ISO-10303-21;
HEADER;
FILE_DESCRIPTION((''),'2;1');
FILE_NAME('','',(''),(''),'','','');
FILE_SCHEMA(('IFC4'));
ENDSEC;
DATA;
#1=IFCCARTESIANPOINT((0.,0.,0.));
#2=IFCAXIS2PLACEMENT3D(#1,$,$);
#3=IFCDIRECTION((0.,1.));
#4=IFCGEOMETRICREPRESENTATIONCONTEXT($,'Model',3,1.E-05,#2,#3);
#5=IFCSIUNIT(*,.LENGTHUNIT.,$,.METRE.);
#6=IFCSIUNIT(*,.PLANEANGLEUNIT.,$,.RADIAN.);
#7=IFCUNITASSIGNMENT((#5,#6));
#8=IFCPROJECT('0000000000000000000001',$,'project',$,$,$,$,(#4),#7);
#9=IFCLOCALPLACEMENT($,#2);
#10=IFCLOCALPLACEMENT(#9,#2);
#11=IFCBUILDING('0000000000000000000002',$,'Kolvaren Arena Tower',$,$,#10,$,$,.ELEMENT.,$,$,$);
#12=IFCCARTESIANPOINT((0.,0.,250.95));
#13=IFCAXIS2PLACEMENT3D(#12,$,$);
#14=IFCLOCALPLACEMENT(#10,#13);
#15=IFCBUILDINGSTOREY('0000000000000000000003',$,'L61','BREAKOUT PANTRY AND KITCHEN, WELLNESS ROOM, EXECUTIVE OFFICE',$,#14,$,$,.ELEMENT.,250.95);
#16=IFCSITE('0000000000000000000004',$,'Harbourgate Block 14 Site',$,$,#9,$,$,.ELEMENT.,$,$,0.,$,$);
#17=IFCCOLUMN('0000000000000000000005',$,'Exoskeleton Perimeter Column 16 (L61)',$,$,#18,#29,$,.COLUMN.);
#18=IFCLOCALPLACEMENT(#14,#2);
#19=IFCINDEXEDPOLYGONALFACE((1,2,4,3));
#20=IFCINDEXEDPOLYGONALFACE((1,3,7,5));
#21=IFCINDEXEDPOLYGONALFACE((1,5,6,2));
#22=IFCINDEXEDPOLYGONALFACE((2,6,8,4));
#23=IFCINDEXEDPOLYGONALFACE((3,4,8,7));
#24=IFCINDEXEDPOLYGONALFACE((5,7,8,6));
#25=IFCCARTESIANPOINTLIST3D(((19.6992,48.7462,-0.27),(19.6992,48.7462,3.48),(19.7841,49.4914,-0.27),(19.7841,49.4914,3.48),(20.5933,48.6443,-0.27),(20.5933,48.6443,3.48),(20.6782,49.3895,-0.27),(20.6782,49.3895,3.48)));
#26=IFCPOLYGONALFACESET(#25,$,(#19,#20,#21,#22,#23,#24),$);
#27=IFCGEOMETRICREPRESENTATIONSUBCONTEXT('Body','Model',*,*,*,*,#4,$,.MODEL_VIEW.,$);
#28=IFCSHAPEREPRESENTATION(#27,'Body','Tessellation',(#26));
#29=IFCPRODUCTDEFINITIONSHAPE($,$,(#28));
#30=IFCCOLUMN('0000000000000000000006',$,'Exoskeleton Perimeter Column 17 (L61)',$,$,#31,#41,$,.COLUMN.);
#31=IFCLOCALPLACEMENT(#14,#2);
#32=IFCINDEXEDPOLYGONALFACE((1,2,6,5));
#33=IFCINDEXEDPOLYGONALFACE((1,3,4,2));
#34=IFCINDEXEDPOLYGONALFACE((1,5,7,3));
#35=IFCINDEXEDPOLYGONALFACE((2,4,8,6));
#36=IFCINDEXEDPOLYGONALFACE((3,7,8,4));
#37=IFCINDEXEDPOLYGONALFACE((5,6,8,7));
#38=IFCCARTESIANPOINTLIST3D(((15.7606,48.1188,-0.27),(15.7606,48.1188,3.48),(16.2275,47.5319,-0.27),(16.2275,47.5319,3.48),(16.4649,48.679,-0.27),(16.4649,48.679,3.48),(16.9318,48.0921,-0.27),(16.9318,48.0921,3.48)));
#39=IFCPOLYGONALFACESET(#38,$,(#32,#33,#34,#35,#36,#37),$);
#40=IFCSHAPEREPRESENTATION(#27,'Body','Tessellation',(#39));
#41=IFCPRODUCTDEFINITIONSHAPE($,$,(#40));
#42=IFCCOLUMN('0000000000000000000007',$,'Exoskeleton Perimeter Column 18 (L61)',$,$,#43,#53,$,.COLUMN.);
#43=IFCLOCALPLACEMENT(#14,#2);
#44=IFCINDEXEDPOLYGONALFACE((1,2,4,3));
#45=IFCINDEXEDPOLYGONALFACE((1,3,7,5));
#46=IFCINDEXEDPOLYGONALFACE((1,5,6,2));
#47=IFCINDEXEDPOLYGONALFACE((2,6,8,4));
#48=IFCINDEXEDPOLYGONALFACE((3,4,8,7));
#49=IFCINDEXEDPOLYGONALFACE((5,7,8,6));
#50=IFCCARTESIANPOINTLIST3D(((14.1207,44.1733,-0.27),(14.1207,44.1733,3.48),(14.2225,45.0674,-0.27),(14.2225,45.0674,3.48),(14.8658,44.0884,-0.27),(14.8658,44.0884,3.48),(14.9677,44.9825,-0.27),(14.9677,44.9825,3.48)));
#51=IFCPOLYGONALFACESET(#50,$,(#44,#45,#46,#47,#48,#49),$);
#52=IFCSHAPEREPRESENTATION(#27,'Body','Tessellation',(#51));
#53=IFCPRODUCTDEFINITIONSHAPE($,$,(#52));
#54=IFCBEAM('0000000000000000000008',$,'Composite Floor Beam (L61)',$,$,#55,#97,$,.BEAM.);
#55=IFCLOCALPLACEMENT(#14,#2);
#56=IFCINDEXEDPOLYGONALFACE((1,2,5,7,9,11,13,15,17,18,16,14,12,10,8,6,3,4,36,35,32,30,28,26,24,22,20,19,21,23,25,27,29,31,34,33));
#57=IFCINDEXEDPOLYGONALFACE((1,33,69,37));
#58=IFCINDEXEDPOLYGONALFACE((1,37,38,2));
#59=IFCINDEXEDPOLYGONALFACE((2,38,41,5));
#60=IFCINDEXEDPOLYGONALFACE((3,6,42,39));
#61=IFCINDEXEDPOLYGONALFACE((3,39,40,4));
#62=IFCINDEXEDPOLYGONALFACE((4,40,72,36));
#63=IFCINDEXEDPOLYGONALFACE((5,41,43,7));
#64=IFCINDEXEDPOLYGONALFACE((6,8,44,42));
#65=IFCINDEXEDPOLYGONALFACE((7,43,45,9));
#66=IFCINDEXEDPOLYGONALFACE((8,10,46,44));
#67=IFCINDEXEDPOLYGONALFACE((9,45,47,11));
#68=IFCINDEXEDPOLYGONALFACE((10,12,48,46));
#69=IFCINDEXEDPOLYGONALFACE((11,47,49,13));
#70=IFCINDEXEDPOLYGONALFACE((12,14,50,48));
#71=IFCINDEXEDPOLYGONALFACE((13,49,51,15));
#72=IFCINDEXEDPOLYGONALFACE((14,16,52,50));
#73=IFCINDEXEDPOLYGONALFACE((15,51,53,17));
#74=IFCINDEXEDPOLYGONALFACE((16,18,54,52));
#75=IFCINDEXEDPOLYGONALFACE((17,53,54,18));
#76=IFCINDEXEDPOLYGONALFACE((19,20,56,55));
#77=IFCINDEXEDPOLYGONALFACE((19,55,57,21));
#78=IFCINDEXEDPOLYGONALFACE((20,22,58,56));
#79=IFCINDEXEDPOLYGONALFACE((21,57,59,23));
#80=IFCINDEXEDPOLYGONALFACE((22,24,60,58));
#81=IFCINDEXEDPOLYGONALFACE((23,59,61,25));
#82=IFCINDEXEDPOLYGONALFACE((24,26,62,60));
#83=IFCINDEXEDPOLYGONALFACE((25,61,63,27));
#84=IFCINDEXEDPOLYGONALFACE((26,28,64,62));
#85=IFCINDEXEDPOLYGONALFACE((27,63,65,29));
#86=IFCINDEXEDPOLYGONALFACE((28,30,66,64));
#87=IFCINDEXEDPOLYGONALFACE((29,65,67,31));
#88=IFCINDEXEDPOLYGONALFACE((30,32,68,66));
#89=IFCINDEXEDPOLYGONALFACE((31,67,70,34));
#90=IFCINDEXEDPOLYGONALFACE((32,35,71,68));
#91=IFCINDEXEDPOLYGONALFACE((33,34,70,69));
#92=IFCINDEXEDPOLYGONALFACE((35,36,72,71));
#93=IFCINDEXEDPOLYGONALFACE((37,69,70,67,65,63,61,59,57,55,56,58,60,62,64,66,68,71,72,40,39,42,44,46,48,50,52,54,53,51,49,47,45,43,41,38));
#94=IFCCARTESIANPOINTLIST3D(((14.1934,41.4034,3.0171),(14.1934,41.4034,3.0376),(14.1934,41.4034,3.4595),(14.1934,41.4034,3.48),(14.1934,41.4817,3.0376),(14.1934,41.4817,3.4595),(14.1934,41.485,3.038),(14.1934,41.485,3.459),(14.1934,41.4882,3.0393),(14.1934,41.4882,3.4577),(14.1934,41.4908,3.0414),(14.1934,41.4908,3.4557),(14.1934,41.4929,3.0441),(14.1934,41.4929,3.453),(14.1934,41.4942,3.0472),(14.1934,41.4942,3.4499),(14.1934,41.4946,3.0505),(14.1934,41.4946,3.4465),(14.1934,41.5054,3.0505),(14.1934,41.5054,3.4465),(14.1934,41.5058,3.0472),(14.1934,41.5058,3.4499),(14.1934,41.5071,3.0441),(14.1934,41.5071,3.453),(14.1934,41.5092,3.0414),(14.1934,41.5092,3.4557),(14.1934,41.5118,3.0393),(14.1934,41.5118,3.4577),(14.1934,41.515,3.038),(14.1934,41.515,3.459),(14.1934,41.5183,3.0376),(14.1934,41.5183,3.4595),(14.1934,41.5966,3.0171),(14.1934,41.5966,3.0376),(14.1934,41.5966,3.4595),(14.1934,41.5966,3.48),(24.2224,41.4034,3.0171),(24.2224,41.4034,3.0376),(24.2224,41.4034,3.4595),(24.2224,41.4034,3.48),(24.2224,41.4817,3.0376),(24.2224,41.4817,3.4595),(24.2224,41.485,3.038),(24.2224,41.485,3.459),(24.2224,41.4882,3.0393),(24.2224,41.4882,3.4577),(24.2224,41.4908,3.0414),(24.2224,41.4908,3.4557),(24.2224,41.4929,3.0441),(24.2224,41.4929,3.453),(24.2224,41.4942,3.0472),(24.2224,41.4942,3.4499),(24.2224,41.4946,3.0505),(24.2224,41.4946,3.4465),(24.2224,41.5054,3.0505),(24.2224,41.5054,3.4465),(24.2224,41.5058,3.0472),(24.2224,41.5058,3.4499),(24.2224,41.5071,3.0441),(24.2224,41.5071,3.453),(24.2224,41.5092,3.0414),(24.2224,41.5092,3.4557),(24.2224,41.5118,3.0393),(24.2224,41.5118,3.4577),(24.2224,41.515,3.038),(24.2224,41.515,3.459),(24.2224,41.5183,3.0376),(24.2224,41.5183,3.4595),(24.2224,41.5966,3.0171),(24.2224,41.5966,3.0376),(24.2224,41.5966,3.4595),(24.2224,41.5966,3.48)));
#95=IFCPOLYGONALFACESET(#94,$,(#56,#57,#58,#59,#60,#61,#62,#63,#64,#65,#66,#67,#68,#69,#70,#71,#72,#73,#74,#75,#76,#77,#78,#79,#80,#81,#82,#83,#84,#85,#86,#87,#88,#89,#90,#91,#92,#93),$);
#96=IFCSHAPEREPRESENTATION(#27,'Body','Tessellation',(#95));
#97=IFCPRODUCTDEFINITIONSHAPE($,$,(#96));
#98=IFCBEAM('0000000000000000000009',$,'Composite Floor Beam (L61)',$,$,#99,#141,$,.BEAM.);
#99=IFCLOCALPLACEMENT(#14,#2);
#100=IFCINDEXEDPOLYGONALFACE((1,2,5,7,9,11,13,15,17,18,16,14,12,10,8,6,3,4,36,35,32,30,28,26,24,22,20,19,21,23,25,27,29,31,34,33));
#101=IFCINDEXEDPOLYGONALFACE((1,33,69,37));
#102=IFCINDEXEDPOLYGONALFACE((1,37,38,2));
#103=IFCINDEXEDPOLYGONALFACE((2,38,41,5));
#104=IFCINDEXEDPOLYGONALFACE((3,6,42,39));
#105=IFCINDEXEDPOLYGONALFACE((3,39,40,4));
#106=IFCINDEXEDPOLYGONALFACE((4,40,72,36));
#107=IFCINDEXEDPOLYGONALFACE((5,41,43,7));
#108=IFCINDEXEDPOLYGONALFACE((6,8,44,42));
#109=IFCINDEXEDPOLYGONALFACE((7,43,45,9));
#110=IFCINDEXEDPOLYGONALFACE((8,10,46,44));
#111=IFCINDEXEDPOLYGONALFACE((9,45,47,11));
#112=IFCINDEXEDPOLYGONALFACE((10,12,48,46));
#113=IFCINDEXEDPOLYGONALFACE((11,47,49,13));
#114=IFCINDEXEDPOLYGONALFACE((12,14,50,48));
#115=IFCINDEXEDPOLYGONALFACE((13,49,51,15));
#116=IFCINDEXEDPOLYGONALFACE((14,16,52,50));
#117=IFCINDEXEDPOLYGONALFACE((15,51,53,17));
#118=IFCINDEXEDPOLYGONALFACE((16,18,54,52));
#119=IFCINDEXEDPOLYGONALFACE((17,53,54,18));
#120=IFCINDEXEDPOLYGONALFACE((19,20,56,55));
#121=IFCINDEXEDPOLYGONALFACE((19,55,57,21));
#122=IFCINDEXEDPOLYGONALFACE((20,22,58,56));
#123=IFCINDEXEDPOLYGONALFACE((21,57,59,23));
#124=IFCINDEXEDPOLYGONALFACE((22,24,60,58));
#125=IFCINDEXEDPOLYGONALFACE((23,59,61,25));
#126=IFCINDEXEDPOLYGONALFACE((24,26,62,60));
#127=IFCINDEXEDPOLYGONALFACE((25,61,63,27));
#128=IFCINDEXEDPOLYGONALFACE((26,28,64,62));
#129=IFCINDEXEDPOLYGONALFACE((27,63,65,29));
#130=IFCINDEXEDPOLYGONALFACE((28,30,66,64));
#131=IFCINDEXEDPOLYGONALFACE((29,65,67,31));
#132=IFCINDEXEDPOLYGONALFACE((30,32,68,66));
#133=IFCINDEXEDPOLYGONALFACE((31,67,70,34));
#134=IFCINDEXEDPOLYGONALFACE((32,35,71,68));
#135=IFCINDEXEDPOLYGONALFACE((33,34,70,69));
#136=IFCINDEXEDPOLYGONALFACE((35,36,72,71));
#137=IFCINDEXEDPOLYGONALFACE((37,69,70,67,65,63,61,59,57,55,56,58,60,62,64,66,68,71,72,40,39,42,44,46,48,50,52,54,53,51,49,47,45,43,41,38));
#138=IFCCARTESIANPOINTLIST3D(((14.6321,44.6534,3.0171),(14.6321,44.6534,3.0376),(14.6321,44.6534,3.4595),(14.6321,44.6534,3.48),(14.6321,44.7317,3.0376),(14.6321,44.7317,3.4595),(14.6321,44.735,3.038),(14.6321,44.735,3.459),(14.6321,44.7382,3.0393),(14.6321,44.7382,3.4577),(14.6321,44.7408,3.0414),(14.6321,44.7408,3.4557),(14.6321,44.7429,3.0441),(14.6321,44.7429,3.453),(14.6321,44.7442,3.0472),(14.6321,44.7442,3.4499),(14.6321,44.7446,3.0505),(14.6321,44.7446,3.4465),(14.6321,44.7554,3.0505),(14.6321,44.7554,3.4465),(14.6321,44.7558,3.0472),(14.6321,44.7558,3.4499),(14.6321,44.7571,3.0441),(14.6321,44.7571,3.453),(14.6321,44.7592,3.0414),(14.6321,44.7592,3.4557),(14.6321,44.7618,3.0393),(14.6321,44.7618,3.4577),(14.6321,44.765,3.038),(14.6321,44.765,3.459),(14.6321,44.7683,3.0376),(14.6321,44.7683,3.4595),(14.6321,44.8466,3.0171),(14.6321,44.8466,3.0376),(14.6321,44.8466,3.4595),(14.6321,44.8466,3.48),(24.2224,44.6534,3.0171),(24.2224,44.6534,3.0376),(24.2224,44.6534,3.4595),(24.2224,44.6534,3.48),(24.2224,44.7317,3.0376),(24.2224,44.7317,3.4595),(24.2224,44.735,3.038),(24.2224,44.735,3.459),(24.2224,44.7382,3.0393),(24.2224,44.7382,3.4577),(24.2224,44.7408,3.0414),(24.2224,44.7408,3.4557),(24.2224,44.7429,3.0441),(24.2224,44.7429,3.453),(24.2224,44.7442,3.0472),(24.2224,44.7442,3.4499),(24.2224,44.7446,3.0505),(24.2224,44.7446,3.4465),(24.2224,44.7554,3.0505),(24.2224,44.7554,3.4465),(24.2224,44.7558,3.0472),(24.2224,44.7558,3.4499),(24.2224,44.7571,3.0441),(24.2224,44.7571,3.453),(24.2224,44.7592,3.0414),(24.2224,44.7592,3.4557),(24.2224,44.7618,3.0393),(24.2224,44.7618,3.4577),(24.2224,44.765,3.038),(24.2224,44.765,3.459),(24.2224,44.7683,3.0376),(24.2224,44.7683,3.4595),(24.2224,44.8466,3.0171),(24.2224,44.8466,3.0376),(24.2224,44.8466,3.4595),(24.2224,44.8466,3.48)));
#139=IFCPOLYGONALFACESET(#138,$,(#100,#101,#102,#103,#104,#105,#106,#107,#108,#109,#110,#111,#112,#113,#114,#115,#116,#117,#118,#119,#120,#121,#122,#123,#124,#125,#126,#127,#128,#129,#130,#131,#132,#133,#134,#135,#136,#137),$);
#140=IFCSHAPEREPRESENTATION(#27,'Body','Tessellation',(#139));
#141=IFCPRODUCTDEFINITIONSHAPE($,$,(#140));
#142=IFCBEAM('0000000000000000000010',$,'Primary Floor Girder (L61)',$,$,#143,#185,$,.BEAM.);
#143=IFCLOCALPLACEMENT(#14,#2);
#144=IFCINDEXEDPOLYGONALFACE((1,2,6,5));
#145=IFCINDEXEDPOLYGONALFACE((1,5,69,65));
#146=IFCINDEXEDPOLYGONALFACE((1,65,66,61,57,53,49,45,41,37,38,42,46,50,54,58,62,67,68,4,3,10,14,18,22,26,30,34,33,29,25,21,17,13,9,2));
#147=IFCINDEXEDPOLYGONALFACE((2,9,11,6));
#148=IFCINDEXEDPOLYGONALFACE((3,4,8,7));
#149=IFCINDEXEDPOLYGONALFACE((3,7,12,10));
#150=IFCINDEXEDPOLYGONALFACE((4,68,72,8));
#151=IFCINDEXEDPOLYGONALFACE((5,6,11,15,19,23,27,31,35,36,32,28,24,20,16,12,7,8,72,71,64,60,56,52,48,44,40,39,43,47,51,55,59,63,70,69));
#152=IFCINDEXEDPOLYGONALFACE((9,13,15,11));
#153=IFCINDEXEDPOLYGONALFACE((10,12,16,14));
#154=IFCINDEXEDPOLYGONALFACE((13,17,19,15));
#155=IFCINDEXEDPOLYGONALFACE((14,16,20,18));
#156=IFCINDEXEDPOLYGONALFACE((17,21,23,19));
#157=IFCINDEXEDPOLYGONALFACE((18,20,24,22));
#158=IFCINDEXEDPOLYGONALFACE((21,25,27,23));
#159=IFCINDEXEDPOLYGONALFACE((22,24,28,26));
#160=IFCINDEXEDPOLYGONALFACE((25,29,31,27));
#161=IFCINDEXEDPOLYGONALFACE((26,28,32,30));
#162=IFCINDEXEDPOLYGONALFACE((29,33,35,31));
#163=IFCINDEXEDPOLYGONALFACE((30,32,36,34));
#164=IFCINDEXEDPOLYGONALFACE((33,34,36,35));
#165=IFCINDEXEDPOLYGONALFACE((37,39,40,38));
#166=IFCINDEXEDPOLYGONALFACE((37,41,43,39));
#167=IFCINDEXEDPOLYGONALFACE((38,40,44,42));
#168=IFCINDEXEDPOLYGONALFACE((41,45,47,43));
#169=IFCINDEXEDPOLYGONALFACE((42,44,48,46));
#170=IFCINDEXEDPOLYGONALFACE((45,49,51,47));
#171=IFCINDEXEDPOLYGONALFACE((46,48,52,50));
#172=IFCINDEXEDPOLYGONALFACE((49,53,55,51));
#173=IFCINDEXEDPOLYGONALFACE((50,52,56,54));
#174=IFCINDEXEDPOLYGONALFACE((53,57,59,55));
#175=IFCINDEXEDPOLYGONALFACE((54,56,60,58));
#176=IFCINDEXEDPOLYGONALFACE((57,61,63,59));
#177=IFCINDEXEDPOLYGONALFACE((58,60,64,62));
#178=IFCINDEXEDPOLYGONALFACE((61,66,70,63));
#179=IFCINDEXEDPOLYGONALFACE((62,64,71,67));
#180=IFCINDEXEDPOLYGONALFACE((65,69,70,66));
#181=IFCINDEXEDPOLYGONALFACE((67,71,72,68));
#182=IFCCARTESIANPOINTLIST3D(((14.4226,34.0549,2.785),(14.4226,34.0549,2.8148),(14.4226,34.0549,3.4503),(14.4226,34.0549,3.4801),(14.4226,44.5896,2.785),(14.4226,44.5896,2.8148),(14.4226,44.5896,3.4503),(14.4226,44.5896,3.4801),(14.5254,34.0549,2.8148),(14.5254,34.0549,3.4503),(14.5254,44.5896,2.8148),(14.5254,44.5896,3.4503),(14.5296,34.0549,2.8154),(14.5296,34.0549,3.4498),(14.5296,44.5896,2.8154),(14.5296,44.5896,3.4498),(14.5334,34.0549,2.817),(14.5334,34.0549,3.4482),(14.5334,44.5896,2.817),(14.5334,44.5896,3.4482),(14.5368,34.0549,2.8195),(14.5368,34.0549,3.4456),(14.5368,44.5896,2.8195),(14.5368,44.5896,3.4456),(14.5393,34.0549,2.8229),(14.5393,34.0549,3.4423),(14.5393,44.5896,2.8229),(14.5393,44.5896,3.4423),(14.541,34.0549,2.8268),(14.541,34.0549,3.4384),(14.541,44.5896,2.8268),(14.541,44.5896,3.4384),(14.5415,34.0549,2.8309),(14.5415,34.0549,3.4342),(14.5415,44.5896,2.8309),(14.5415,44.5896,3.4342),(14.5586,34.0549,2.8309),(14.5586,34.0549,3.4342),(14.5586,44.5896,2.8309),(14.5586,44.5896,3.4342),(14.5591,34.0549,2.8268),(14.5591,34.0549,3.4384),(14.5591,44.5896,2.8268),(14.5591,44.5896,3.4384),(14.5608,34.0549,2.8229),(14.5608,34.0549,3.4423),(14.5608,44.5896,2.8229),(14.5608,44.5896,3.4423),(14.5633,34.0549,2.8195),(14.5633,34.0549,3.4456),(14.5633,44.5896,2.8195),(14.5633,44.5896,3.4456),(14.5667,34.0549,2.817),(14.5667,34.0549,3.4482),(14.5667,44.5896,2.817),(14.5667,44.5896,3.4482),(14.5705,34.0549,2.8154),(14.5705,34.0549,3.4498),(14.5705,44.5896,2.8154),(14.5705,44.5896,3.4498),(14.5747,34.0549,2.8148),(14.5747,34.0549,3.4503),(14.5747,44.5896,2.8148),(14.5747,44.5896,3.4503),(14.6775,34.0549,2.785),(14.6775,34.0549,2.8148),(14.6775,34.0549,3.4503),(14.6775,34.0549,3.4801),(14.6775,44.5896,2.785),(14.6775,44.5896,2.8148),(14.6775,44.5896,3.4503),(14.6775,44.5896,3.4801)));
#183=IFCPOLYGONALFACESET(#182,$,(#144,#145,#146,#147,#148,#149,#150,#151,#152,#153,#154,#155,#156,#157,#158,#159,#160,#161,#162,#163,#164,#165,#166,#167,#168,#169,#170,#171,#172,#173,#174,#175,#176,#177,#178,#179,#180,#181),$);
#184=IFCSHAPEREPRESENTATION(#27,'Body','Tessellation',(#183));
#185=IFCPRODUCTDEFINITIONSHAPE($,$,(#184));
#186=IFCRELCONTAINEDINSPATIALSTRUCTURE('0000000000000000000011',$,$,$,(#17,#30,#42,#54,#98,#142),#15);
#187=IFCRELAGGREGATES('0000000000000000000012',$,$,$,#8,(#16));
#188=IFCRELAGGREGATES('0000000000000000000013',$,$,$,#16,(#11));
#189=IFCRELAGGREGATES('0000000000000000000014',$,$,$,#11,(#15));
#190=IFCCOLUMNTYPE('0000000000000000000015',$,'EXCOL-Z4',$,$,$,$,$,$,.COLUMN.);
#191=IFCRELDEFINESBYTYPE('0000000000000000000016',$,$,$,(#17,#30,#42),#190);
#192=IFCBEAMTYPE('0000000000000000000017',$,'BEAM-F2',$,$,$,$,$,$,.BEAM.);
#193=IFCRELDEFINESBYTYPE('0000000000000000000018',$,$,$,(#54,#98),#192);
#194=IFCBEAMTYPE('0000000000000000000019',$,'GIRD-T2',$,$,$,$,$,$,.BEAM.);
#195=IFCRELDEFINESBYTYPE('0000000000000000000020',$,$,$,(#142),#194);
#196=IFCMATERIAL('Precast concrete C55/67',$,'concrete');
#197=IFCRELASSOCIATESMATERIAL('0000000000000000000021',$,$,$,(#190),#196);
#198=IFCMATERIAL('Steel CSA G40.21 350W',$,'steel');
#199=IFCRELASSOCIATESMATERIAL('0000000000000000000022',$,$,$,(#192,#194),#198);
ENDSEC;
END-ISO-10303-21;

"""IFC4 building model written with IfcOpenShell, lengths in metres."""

from ifc_helpers import new_model, si_unit, direction, frame, origin, origin_2d, place, context, subcontext, project, spatial, rectangle, i_section, extrude, material, material_profile, profile_set, type_object, element, save


model = new_model("IFC4")

# Units and contexts
model_context = context("Model", 3, precision=1e-05, world=origin(), true_north=direction((0.0, 1.0)))
body_context = subcontext(model_context, "Body", "Model", "MODEL_VIEW")
ifc_project = project(units=[si_unit("LENGTHUNIT", "METRE"), si_unit("PLANEANGLEUNIT", "RADIAN")], contexts=[model_context])

# Site, building, storey
site_placement = place(None, origin())
site = spatial("IfcSite", under=ifc_project, at=site_placement, Name="Harbourgate Block 14 Site", CompositionType="ELEMENT", RefElevation=0.0)
building_placement = place(site_placement, origin())
building = spatial("IfcBuilding", under=site, at=building_placement, Name="Kolvaren Arena Tower", CompositionType="ELEMENT")
storey_placement = place(building_placement, frame((0.0, 0.0, 250.95)))
storey = spatial("IfcBuildingStorey", under=building, at=storey_placement, Name="L61", Description="BREAKOUT PANTRY AND KITCHEN, WELLNESS ROOM, EXECUTIVE OFFICE", CompositionType="ELEMENT", Elevation=250.95)

# Columns
ifc_material_1 = material(Name="Precast concrete C55/67", Category="concrete")
ifc_material_profile_1 = material_profile(ifc_material_1, rectangle(XDim=0.8999, YDim=0.75, at=origin_2d()), Name="RC-900x750")
ifc_profile_set_1 = profile_set([ifc_material_profile_1], Name="Precast concrete C55/67")
column_type = type_object("IfcColumnType", Name="EXCOL-Z4", PredefinedType="COLUMN", material=ifc_profile_set_1)
for number, where, z_axis, x_axis, name in (
    (1, (20.1887, 49.0679, -0.27), (0.0, 0.0, 1.0), (0.993572, -0.113203, 0.0), "Exoskeleton Perimeter Column 16 (L61)"),
    (2, (16.3462, 48.1055, -0.27), (0.0, 0.0, 1.0), (0.782608, 0.622515, 0.0), "Exoskeleton Perimeter Column 17 (L61)"),
    (3, (14.5442, 44.5779, -0.27), (0.0, 0.0, 1.0), (0.113203, 0.993572, 0.0), "Exoskeleton Perimeter Column 18 (L61)"),
):
    element("IfcColumn", number, at=place(storey_placement, frame(where, z_axis=z_axis, x_axis=x_axis)), inside=storey, type_object=column_type, Name=name, PredefinedType="COLUMN", context=body_context, shape_type="SweptSolid", body=[
        extrude(rectangle(XDim=0.8999, YDim=0.75, at=origin_2d()), origin(), (0.0, 0.0, 1.0), 3.75),
    ])

# Beams
ifc_material_2 = material(Name="Steel CSA G40.21 350W", Category="steel")
ifc_material_profile_2 = material_profile(ifc_material_2, i_section(OverallWidth=0.1931, OverallDepth=0.4629, WebThickness=0.0107, FlangeThickness=0.0205, FilletRadius=0.0129, at=origin_2d()), Name="W460x113")
ifc_profile_set_2 = profile_set([ifc_material_profile_2], Name="Steel CSA G40.21 350W")
beam_type_1 = type_object("IfcBeamType", Name="BEAM-F2", PredefinedType="BEAM", material=ifc_profile_set_2)
beam_1_placement = place(storey_placement, frame((14.1934, 41.5, 3.2485), z_axis=(1.0, 0.0, 0.0), x_axis=(0.0, 1.0, 0.0)))
element("IfcBeam", 4, at=beam_1_placement, inside=storey, type_object=beam_type_1, Name="Composite Floor Beam (L61)", PredefinedType="BEAM", context=body_context, shape_type="SweptSolid", body=[
    extrude(i_section(OverallWidth=0.1931, OverallDepth=0.4629, WebThickness=0.0107, FlangeThickness=0.0205, FilletRadius=0.0129, at=origin_2d()), origin(), (0.0, 0.0, 1.0), 10.0291),
])
beam_2_placement = place(storey_placement, frame((14.6321, 44.75, 3.2485), z_axis=(1.0, 0.0, 0.0), x_axis=(0.0, 1.0, 0.0)))
element("IfcBeam", 5, at=beam_2_placement, inside=storey, type_object=beam_type_1, Name="Composite Floor Beam (L61)", PredefinedType="BEAM", context=body_context, shape_type="SweptSolid", body=[
    extrude(i_section(OverallWidth=0.1931, OverallDepth=0.4629, WebThickness=0.0107, FlangeThickness=0.0205, FilletRadius=0.0129, at=origin_2d()), origin(), (0.0, 0.0, 1.0), 9.5903),
])
ifc_material_profile_3 = material_profile(ifc_material_2, i_section(OverallWidth=0.2549, OverallDepth=0.6951, WebThickness=0.0171, FlangeThickness=0.0298, FilletRadius=0.0161, at=origin_2d()), Name="W690x217")
ifc_profile_set_3 = profile_set([ifc_material_profile_3], Name="Steel CSA G40.21 350W")
beam_type_2 = type_object("IfcBeamType", Name="GIRD-T2", PredefinedType="BEAM", material=ifc_profile_set_3)
beam_3_placement = place(storey_placement, frame((14.55, 34.0549, 3.1326), z_axis=(0.0, 1.0, 0.0), x_axis=(-1.0, 0.0, 0.0)))
element("IfcBeam", 6, at=beam_3_placement, inside=storey, type_object=beam_type_2, Name="Primary Floor Girder (L61)", PredefinedType="BEAM", context=body_context, shape_type="SweptSolid", body=[
    extrude(i_section(OverallWidth=0.2549, OverallDepth=0.6951, WebThickness=0.0171, FlangeThickness=0.0298, FilletRadius=0.0161, at=origin_2d()), origin(), (0.0, 0.0, 1.0), 10.5347),
])

save(model, "model.ifc")
